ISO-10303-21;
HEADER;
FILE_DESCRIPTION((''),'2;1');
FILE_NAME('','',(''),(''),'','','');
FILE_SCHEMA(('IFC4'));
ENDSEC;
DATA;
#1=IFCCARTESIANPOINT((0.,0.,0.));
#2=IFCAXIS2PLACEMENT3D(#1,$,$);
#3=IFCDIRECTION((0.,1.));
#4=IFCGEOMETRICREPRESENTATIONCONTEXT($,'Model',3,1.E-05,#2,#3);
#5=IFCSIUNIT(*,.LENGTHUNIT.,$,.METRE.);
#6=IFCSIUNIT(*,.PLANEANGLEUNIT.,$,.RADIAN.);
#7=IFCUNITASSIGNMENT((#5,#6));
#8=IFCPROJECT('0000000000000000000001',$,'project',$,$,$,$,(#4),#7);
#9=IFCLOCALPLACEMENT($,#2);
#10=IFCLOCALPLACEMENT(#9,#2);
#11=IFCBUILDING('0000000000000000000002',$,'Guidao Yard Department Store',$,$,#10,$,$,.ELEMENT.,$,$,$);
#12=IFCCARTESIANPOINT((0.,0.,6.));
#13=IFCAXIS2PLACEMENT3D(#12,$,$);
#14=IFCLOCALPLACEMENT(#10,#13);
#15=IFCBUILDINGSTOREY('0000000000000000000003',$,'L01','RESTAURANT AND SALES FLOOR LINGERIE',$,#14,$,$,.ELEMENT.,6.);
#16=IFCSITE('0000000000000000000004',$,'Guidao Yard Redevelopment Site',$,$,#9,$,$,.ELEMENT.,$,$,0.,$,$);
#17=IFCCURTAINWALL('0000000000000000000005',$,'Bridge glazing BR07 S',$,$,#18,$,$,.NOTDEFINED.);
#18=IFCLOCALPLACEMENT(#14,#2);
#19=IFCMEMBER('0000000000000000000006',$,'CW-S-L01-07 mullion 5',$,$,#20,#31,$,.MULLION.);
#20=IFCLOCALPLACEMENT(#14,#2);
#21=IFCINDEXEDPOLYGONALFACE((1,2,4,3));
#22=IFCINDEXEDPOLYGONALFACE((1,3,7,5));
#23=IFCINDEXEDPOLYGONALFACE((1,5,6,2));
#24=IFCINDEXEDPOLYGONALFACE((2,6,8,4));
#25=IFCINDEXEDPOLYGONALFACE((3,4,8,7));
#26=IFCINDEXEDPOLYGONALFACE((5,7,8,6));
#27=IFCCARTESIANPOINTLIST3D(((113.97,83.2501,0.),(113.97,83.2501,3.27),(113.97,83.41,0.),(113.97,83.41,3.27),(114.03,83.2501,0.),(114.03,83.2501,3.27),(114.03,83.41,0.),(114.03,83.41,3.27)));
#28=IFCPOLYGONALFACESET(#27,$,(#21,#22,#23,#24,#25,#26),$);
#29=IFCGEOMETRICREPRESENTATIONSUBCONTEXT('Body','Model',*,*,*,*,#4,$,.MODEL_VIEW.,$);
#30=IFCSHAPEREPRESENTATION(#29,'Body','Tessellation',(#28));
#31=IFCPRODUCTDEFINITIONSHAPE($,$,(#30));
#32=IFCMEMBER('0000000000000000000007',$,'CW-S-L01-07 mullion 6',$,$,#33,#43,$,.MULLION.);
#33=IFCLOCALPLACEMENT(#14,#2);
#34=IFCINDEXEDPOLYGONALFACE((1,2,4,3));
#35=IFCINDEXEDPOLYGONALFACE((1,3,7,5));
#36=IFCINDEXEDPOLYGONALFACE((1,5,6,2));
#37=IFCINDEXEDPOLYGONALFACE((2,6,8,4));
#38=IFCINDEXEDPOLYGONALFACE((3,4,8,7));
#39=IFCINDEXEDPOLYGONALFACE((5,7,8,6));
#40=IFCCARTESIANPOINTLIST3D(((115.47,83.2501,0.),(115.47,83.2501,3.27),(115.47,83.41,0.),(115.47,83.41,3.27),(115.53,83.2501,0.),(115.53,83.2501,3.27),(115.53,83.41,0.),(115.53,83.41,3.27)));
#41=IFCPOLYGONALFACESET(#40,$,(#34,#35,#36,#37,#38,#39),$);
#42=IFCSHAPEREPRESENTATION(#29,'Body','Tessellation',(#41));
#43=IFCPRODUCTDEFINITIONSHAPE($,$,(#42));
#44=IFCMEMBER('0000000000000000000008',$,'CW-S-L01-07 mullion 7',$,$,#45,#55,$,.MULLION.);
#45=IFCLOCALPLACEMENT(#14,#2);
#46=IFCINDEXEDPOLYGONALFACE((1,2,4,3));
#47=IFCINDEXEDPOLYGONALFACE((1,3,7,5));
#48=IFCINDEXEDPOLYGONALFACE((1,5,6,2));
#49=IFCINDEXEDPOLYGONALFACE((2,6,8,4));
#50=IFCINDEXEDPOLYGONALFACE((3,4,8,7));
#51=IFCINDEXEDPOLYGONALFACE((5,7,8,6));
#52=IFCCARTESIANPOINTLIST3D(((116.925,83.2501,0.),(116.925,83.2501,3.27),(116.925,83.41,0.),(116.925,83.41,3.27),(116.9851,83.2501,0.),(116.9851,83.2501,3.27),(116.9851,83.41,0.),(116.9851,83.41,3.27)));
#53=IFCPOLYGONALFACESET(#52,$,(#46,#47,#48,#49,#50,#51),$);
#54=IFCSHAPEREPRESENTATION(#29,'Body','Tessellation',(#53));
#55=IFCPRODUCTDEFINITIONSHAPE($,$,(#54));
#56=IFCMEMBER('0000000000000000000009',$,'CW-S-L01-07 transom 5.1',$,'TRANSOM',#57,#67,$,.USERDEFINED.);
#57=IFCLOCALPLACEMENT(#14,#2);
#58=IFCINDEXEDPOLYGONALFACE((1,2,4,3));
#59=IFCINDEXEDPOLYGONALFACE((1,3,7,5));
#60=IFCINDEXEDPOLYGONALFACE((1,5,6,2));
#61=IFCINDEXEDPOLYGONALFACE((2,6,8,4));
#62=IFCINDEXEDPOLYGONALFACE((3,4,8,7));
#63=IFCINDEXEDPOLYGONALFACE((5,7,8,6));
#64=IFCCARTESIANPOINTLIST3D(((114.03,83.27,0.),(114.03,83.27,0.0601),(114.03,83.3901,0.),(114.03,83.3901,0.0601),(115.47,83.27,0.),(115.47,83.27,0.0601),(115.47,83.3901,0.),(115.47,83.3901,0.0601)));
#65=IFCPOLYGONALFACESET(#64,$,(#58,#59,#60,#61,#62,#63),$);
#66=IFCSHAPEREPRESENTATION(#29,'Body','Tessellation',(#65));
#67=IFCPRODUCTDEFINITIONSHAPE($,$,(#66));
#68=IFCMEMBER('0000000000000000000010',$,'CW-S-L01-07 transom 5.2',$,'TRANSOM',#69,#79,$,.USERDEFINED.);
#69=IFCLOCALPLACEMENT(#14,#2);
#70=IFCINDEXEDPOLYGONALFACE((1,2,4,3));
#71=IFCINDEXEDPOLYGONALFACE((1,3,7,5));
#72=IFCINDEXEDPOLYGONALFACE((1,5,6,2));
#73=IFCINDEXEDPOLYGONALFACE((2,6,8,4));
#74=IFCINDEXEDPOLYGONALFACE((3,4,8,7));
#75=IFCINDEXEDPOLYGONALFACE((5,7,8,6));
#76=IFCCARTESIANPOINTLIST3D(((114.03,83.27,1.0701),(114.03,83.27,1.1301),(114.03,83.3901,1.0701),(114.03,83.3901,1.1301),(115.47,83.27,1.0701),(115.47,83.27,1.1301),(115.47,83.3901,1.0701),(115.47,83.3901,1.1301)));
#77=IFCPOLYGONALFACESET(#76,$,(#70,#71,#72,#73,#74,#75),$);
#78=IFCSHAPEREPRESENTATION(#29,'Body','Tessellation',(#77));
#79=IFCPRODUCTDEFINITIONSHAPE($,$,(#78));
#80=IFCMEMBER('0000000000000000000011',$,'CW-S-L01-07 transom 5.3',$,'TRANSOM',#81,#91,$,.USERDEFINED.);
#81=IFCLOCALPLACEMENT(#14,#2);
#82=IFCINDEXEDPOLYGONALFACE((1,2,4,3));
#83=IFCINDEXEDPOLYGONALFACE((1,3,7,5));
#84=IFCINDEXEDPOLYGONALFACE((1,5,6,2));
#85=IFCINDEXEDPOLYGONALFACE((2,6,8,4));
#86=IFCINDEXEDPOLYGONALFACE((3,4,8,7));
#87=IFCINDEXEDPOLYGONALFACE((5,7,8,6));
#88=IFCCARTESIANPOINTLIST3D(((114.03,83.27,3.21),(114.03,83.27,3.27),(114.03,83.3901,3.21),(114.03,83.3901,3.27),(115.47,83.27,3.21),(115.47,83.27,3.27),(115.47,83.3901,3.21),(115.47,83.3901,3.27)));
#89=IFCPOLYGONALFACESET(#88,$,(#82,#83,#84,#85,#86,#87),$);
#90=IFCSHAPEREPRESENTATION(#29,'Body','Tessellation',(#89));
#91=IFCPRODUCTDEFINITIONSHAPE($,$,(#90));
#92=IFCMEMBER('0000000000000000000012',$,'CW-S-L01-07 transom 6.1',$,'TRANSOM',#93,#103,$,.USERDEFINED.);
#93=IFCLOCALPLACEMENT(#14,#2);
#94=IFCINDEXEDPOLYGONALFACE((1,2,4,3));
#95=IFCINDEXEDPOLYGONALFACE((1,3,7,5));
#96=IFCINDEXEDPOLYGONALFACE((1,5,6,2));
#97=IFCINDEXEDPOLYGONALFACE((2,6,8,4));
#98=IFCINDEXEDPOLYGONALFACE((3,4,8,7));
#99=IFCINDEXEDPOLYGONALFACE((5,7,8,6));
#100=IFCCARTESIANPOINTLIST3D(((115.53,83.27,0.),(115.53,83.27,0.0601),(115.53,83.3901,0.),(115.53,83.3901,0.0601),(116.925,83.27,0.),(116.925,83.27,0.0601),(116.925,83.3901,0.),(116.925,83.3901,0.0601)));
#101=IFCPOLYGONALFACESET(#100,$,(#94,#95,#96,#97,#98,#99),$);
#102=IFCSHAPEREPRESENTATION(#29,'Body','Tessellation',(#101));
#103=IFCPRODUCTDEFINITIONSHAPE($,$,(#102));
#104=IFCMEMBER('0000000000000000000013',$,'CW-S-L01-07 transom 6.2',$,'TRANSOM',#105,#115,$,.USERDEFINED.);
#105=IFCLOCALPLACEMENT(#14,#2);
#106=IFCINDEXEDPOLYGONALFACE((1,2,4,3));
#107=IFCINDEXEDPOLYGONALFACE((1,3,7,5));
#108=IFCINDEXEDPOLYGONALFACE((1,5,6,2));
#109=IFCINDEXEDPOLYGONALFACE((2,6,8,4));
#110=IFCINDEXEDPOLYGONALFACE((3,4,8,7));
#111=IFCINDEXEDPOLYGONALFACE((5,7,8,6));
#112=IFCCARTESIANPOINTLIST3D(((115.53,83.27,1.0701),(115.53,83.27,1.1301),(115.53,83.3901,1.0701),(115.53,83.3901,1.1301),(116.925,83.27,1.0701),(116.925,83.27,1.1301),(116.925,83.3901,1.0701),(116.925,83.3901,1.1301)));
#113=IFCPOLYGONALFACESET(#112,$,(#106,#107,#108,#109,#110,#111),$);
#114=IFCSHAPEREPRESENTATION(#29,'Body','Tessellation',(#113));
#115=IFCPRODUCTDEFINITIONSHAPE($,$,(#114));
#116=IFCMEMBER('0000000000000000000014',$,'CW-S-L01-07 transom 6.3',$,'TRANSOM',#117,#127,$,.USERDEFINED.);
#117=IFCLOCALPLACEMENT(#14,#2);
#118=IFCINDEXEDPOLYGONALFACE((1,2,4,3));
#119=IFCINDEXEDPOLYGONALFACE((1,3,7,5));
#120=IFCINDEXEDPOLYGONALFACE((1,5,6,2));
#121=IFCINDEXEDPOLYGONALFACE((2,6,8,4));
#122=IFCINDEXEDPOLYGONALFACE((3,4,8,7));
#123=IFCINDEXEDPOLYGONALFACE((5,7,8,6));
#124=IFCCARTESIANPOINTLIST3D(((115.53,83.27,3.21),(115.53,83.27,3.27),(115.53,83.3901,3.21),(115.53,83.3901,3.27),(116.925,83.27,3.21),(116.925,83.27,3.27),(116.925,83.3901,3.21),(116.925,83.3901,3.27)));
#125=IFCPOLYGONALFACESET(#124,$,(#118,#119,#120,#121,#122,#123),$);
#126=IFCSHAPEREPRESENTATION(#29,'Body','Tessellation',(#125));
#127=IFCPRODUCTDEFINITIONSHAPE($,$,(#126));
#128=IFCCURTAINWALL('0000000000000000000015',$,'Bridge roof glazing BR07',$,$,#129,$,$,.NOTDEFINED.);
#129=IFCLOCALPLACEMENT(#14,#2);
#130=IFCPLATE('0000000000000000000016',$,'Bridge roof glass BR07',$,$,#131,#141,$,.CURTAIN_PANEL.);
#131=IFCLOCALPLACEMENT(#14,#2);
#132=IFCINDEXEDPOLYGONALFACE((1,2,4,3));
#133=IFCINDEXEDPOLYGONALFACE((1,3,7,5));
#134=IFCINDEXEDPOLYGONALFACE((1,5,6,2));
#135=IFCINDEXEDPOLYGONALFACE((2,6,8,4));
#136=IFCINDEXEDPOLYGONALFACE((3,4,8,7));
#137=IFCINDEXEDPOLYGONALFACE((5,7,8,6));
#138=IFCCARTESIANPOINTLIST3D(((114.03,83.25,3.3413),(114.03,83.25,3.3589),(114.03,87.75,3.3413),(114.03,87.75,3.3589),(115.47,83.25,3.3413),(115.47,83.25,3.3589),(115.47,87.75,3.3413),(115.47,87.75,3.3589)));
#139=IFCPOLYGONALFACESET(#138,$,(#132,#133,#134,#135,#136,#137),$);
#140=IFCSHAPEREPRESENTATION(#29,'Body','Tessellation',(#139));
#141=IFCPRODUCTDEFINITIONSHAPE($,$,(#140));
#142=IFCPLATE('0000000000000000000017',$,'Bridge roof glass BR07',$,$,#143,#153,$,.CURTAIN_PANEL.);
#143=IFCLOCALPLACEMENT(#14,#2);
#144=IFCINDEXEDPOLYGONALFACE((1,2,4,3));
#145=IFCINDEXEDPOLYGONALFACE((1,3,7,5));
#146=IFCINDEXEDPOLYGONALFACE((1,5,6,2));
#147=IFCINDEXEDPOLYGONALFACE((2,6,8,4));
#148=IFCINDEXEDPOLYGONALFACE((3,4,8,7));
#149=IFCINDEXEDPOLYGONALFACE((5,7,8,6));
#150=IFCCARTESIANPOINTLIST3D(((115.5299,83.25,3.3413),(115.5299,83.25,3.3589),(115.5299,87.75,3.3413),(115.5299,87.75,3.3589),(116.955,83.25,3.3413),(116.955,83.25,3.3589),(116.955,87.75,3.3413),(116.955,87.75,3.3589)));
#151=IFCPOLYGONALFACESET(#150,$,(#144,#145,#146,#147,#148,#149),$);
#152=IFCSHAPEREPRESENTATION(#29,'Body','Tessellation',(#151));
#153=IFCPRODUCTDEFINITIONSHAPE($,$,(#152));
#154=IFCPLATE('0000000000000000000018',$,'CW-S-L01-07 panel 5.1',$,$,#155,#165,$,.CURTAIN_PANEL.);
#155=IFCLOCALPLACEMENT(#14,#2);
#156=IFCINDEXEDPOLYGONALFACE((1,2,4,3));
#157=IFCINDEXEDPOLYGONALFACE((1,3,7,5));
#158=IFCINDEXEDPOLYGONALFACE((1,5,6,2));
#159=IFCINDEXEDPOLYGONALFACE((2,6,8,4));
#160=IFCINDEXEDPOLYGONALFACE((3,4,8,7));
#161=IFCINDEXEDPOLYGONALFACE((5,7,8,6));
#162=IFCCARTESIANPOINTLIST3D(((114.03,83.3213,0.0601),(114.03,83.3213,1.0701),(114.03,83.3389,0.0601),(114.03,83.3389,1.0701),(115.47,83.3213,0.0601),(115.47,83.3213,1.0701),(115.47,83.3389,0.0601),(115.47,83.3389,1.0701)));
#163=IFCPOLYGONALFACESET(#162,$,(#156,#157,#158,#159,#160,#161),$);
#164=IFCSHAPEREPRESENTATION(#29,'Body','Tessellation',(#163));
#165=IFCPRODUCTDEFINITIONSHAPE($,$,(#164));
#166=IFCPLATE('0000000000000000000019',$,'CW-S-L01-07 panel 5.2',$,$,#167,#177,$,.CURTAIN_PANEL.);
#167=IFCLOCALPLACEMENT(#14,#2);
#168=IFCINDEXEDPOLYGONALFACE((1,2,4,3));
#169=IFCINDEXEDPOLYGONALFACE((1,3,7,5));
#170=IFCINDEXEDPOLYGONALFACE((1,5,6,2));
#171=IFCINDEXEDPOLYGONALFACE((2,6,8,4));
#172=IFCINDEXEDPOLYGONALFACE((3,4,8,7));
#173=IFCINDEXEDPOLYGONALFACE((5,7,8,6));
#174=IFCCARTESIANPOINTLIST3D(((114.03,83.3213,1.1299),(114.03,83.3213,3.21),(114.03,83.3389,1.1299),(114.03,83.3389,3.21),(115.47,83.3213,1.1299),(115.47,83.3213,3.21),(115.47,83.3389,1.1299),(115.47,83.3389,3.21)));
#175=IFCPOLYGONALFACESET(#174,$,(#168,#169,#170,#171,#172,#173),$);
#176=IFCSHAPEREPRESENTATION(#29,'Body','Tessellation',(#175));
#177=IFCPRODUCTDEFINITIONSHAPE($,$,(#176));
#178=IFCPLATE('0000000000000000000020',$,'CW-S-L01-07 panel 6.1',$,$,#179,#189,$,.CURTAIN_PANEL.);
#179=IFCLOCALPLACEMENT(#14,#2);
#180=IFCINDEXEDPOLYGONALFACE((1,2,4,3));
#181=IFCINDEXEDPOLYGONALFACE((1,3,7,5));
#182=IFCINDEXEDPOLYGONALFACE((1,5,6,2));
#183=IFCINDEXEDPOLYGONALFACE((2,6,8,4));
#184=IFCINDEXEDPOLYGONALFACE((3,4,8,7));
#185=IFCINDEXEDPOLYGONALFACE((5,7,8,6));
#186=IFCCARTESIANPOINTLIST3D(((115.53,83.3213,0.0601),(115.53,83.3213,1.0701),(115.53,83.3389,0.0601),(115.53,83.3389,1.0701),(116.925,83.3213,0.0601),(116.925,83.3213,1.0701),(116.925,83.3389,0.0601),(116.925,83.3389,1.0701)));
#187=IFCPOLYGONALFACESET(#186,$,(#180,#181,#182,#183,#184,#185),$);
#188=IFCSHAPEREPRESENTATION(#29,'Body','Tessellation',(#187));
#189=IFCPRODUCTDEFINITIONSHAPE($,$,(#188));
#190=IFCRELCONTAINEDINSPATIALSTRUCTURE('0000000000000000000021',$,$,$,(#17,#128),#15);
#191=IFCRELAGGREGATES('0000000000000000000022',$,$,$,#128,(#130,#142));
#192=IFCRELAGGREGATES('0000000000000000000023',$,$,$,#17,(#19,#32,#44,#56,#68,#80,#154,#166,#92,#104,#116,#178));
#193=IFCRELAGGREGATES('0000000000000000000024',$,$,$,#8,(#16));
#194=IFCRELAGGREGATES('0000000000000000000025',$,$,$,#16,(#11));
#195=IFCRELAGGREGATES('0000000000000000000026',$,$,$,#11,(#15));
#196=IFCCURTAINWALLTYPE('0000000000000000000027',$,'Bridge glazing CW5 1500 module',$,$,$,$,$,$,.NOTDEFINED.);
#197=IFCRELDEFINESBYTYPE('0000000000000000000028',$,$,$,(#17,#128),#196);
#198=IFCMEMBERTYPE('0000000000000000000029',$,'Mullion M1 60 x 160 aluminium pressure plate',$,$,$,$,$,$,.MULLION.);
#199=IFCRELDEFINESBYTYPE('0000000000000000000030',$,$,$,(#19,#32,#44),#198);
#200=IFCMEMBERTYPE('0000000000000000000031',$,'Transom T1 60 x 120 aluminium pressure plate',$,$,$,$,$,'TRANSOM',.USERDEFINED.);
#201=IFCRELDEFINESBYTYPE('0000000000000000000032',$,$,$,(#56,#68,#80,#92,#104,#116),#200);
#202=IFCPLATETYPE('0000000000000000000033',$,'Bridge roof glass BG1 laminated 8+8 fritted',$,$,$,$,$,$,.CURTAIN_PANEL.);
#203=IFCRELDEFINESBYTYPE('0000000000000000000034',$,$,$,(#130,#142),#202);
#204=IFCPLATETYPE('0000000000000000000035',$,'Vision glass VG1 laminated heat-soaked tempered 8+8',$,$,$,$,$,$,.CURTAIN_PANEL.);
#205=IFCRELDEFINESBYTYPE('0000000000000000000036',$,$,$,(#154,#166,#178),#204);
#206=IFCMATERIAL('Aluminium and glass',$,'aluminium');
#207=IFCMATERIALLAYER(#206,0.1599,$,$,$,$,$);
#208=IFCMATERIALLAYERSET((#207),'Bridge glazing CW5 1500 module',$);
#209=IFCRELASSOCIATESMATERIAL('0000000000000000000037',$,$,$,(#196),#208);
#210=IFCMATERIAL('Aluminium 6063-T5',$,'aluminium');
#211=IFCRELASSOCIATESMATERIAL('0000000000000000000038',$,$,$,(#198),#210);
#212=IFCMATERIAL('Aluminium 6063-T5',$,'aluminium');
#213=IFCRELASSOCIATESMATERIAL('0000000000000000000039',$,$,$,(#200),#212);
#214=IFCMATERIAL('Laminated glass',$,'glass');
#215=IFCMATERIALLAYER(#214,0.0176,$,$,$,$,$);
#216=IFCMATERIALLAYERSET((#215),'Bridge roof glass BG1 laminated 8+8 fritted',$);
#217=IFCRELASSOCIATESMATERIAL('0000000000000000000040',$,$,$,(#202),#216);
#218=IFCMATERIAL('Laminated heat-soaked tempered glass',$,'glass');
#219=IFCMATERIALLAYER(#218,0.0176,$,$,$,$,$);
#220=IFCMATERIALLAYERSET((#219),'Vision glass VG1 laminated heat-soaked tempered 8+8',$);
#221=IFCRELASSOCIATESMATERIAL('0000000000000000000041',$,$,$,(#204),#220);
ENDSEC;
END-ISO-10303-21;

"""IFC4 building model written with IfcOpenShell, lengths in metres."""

from ifc_helpers import new_model, si_unit, direction, frame, origin, origin_2d, place, context, subcontext, project, spatial, rectangle, extrude, material, layer, layer_set, material_profile, profile_set, type_object, element, aggregate, save


model = new_model("IFC4")

# Units and contexts
model_context = context("Model", 3, precision=1e-05, world=origin(), true_north=direction((0.0, 1.0)))
body_context = subcontext(model_context, "Body", "Model", "MODEL_VIEW")
ifc_project = project(units=[si_unit("LENGTHUNIT", "METRE"), si_unit("PLANEANGLEUNIT", "RADIAN")], contexts=[model_context])

# Site, building, storey
site_placement = place(None, origin())
site = spatial("IfcSite", under=ifc_project, at=site_placement, Name="Guidao Yard Redevelopment Site", CompositionType="ELEMENT", RefElevation=0.0)
building_placement = place(site_placement, origin())
building = spatial("IfcBuilding", under=site, at=building_placement, Name="Guidao Yard Department Store", CompositionType="ELEMENT")
storey_placement = place(building_placement, frame((0.0, 0.0, 6.0)))
storey = spatial("IfcBuildingStorey", under=building, at=storey_placement, Name="L01", Description="RESTAURANT AND SALES FLOOR LINGERIE", CompositionType="ELEMENT", Elevation=6.0)

# Curtain wall, members
ifc_material_1 = material(Name="Aluminium and glass", Category="aluminium")
ifc_layer_1 = layer(ifc_material_1, 0.1599)
ifc_layer_set_1 = layer_set([ifc_layer_1], Name="Bridge glazing CW5 1500 module")
curtain_wall_type = type_object("IfcCurtainWallType", Name="Bridge glazing CW5 1500 module", PredefinedType="NOTDEFINED", material=ifc_layer_set_1)
curtain_wall_1_placement = place(storey_placement, origin())
curtain_wall_1 = element("IfcCurtainWall", 1, at=curtain_wall_1_placement, inside=storey, type_object=curtain_wall_type, Name="Bridge glazing BR07 S", PredefinedType="NOTDEFINED")
ifc_material_2 = material(Name="Aluminium 6063-T5", Category="aluminium")
ifc_material_profile_1 = material_profile(ifc_material_2, rectangle(XDim=0.0601, YDim=0.1599, at=origin_2d()), Name="Mullion M1 60 x 160 aluminium pressure plate")
ifc_profile_set_1 = profile_set([ifc_material_profile_1], Name="Aluminium 6063-T5")
member_type_1 = type_object("IfcMemberType", Name="Mullion M1 60 x 160 aluminium pressure plate", PredefinedType="MULLION", material=ifc_profile_set_1)
member_1_placement = place(storey_placement, frame((114.0, 83.3301, 0.0), z_axis=(0.0, 0.0, 1.0), x_axis=(-1.0, 0.0, 0.0)))
member_1 = element("IfcMember", 2, at=member_1_placement, type_object=member_type_1, Name="CW-S-L01-07 mullion 5", PredefinedType="MULLION", context=body_context, shape_type="SweptSolid", body=[
    extrude(rectangle(XDim=0.0601, YDim=0.1599, at=origin_2d()), origin(), (0.0, 0.0, 1.0), 3.27),
])
member_2_placement = place(storey_placement, frame((115.5, 83.3301, 0.0), z_axis=(0.0, 0.0, 1.0), x_axis=(-1.0, 0.0, 0.0)))
member_2 = element("IfcMember", 3, at=member_2_placement, type_object=member_type_1, Name="CW-S-L01-07 mullion 6", PredefinedType="MULLION", context=body_context, shape_type="SweptSolid", body=[
    extrude(rectangle(XDim=0.0601, YDim=0.1599, at=origin_2d()), origin(), (0.0, 0.0, 1.0), 3.27),
])
member_3_placement = place(storey_placement, frame((116.9551, 83.3301, 0.0), z_axis=(0.0, 0.0, 1.0), x_axis=(-1.0, 0.0, 0.0)))
member_3 = element("IfcMember", 4, at=member_3_placement, type_object=member_type_1, Name="CW-S-L01-07 mullion 7", PredefinedType="MULLION", context=body_context, shape_type="SweptSolid", body=[
    extrude(rectangle(XDim=0.0601, YDim=0.1599, at=origin_2d()), origin(), (0.0, 0.0, 1.0), 3.27),
])
ifc_material_3 = material(Name="Aluminium 6063-T5", Category="aluminium")
ifc_material_profile_2 = material_profile(ifc_material_3, rectangle(XDim=0.1201, YDim=0.0601, at=origin_2d()), Name="Transom T1 60 x 120 aluminium pressure plate")
ifc_profile_set_2 = profile_set([ifc_material_profile_2], Name="Aluminium 6063-T5")
member_type_2 = type_object("IfcMemberType", Name="Transom T1 60 x 120 aluminium pressure plate", ElementType="TRANSOM", PredefinedType="USERDEFINED", material=ifc_profile_set_2)
member_4_placement = place(storey_placement, frame((115.47, 83.3301, 0.03), z_axis=(-1.0, 0.0, 0.0), x_axis=(0.0, -1.0, 0.0)))
member_4 = element("IfcMember", 5, at=member_4_placement, type_object=member_type_2, Name="CW-S-L01-07 transom 5.1", ObjectType="TRANSOM", PredefinedType="USERDEFINED", context=body_context, shape_type="SweptSolid", body=[
    extrude(rectangle(XDim=0.1201, YDim=0.0601, at=origin_2d()), origin(), (0.0, 0.0, 1.0), 1.4399),
])
member_5_placement = place(storey_placement, frame((115.47, 83.3301, 1.1001), z_axis=(-1.0, 0.0, 0.0), x_axis=(0.0, -1.0, 0.0)))
member_5 = element("IfcMember", 6, at=member_5_placement, type_object=member_type_2, Name="CW-S-L01-07 transom 5.2", ObjectType="TRANSOM", PredefinedType="USERDEFINED", context=body_context, shape_type="SweptSolid", body=[
    extrude(rectangle(XDim=0.1201, YDim=0.0601, at=origin_2d()), origin(), (0.0, 0.0, 1.0), 1.4399),
])
member_6_placement = place(storey_placement, frame((115.47, 83.3301, 3.24), z_axis=(-1.0, 0.0, 0.0), x_axis=(0.0, -1.0, 0.0)))
member_6 = element("IfcMember", 7, at=member_6_placement, type_object=member_type_2, Name="CW-S-L01-07 transom 5.3", ObjectType="TRANSOM", PredefinedType="USERDEFINED", context=body_context, shape_type="SweptSolid", body=[
    extrude(rectangle(XDim=0.1201, YDim=0.0601, at=origin_2d()), origin(), (0.0, 0.0, 1.0), 1.4399),
])
member_7_placement = place(storey_placement, frame((116.925, 83.3301, 0.03), z_axis=(-1.0, 0.0, 0.0), x_axis=(0.0, -1.0, 0.0)))
member_7 = element("IfcMember", 8, at=member_7_placement, type_object=member_type_2, Name="CW-S-L01-07 transom 6.1", ObjectType="TRANSOM", PredefinedType="USERDEFINED", context=body_context, shape_type="SweptSolid", body=[
    extrude(rectangle(XDim=0.1201, YDim=0.0601, at=origin_2d()), origin(), (0.0, 0.0, 1.0), 1.395),
])
member_8_placement = place(storey_placement, frame((116.925, 83.3301, 1.1001), z_axis=(-1.0, 0.0, 0.0), x_axis=(0.0, -1.0, 0.0)))
member_8 = element("IfcMember", 9, at=member_8_placement, type_object=member_type_2, Name="CW-S-L01-07 transom 6.2", ObjectType="TRANSOM", PredefinedType="USERDEFINED", context=body_context, shape_type="SweptSolid", body=[
    extrude(rectangle(XDim=0.1201, YDim=0.0601, at=origin_2d()), origin(), (0.0, 0.0, 1.0), 1.395),
])
member_9_placement = place(storey_placement, frame((116.925, 83.3301, 3.24), z_axis=(-1.0, 0.0, 0.0), x_axis=(0.0, -1.0, 0.0)))
member_9 = element("IfcMember", 10, at=member_9_placement, type_object=member_type_2, Name="CW-S-L01-07 transom 6.3", ObjectType="TRANSOM", PredefinedType="USERDEFINED", context=body_context, shape_type="SweptSolid", body=[
    extrude(rectangle(XDim=0.1201, YDim=0.0601, at=origin_2d()), origin(), (0.0, 0.0, 1.0), 1.395),
])

# Curtain wall, plates
curtain_wall_2_placement = place(storey_placement, origin())
curtain_wall_2 = element("IfcCurtainWall", 11, at=curtain_wall_2_placement, inside=storey, type_object=curtain_wall_type, Name="Bridge roof glazing BR07", PredefinedType="NOTDEFINED")
ifc_material_4 = material(Name="Laminated glass", Category="glass")
ifc_layer_2 = layer(ifc_material_4, 0.0176)
ifc_layer_set_2 = layer_set([ifc_layer_2], Name="Bridge roof glass BG1 laminated 8+8 fritted")
plate_type_1 = type_object("IfcPlateType", Name="Bridge roof glass BG1 laminated 8+8 fritted", PredefinedType="CURTAIN_PANEL", material=ifc_layer_set_2)
plate_1_placement = place(storey_placement, frame((114.75, 85.5, 3.3413), z_axis=(0.0, 0.0, 1.0), x_axis=(1.0, 0.0, 0.0)))
plate_1 = element("IfcPlate", 12, at=plate_1_placement, type_object=plate_type_1, Name="Bridge roof glass BR07", PredefinedType="CURTAIN_PANEL", context=body_context, shape_type="SweptSolid", body=[
    extrude(rectangle(XDim=1.4399, YDim=4.5, at=origin_2d()), origin(), (0.0, 0.0, 1.0), 0.0176),
])
plate_2_placement = place(storey_placement, frame((116.2424, 85.5, 3.3413), z_axis=(0.0, 0.0, 1.0), x_axis=(1.0, 0.0, 0.0)))
plate_2 = element("IfcPlate", 13, at=plate_2_placement, type_object=plate_type_1, Name="Bridge roof glass BR07", PredefinedType="CURTAIN_PANEL", context=body_context, shape_type="SweptSolid", body=[
    extrude(rectangle(XDim=1.425, YDim=4.5, at=origin_2d()), origin(), (0.0, 0.0, 1.0), 0.0176),
])
aggregate(curtain_wall_2, [plate_1, plate_2])

# Plates
ifc_material_5 = material(Name="Laminated heat-soaked tempered glass", Category="glass")
ifc_layer_3 = layer(ifc_material_5, 0.0176)
ifc_layer_set_3 = layer_set([ifc_layer_3], Name="Vision glass VG1 laminated heat-soaked tempered 8+8")
plate_type_2 = type_object("IfcPlateType", Name="Vision glass VG1 laminated heat-soaked tempered 8+8", PredefinedType="CURTAIN_PANEL", material=ifc_layer_set_3)
plate_3_placement = place(storey_placement, frame((114.75, 83.3301, 0.0601), z_axis=(0.0, 0.0, 1.0), x_axis=(-1.0, 0.0, 0.0)))
plate_3 = element("IfcPlate", 14, at=plate_3_placement, type_object=plate_type_2, Name="CW-S-L01-07 panel 5.1", PredefinedType="CURTAIN_PANEL", context=body_context, shape_type="SweptSolid", body=[
    extrude(rectangle(XDim=1.4399, YDim=0.0176, at=origin_2d()), origin(), (0.0, 0.0, 1.0), 1.01),
])
plate_4_placement = place(storey_placement, frame((114.75, 83.3301, 1.1299), z_axis=(0.0, 0.0, 1.0), x_axis=(-1.0, 0.0, 0.0)))
plate_4 = element("IfcPlate", 15, at=plate_4_placement, type_object=plate_type_2, Name="CW-S-L01-07 panel 5.2", PredefinedType="CURTAIN_PANEL", context=body_context, shape_type="SweptSolid", body=[
    extrude(rectangle(XDim=1.4399, YDim=0.0176, at=origin_2d()), origin(), (0.0, 0.0, 1.0), 2.0801),
])
plate_5_placement = place(storey_placement, frame((116.2275, 83.3301, 0.0601), z_axis=(0.0, 0.0, 1.0), x_axis=(-1.0, 0.0, 0.0)))
plate_5 = element("IfcPlate", 16, at=plate_5_placement, type_object=plate_type_2, Name="CW-S-L01-07 panel 6.1", PredefinedType="CURTAIN_PANEL", context=body_context, shape_type="SweptSolid", body=[
    extrude(rectangle(XDim=1.395, YDim=0.0176, at=origin_2d()), origin(), (0.0, 0.0, 1.0), 1.01),
])
aggregate(curtain_wall_1, [member_1, member_2, member_3, member_4, member_5, member_6, plate_3, plate_4, member_7, member_8, member_9, plate_5])

save(model, "model.ifc")
